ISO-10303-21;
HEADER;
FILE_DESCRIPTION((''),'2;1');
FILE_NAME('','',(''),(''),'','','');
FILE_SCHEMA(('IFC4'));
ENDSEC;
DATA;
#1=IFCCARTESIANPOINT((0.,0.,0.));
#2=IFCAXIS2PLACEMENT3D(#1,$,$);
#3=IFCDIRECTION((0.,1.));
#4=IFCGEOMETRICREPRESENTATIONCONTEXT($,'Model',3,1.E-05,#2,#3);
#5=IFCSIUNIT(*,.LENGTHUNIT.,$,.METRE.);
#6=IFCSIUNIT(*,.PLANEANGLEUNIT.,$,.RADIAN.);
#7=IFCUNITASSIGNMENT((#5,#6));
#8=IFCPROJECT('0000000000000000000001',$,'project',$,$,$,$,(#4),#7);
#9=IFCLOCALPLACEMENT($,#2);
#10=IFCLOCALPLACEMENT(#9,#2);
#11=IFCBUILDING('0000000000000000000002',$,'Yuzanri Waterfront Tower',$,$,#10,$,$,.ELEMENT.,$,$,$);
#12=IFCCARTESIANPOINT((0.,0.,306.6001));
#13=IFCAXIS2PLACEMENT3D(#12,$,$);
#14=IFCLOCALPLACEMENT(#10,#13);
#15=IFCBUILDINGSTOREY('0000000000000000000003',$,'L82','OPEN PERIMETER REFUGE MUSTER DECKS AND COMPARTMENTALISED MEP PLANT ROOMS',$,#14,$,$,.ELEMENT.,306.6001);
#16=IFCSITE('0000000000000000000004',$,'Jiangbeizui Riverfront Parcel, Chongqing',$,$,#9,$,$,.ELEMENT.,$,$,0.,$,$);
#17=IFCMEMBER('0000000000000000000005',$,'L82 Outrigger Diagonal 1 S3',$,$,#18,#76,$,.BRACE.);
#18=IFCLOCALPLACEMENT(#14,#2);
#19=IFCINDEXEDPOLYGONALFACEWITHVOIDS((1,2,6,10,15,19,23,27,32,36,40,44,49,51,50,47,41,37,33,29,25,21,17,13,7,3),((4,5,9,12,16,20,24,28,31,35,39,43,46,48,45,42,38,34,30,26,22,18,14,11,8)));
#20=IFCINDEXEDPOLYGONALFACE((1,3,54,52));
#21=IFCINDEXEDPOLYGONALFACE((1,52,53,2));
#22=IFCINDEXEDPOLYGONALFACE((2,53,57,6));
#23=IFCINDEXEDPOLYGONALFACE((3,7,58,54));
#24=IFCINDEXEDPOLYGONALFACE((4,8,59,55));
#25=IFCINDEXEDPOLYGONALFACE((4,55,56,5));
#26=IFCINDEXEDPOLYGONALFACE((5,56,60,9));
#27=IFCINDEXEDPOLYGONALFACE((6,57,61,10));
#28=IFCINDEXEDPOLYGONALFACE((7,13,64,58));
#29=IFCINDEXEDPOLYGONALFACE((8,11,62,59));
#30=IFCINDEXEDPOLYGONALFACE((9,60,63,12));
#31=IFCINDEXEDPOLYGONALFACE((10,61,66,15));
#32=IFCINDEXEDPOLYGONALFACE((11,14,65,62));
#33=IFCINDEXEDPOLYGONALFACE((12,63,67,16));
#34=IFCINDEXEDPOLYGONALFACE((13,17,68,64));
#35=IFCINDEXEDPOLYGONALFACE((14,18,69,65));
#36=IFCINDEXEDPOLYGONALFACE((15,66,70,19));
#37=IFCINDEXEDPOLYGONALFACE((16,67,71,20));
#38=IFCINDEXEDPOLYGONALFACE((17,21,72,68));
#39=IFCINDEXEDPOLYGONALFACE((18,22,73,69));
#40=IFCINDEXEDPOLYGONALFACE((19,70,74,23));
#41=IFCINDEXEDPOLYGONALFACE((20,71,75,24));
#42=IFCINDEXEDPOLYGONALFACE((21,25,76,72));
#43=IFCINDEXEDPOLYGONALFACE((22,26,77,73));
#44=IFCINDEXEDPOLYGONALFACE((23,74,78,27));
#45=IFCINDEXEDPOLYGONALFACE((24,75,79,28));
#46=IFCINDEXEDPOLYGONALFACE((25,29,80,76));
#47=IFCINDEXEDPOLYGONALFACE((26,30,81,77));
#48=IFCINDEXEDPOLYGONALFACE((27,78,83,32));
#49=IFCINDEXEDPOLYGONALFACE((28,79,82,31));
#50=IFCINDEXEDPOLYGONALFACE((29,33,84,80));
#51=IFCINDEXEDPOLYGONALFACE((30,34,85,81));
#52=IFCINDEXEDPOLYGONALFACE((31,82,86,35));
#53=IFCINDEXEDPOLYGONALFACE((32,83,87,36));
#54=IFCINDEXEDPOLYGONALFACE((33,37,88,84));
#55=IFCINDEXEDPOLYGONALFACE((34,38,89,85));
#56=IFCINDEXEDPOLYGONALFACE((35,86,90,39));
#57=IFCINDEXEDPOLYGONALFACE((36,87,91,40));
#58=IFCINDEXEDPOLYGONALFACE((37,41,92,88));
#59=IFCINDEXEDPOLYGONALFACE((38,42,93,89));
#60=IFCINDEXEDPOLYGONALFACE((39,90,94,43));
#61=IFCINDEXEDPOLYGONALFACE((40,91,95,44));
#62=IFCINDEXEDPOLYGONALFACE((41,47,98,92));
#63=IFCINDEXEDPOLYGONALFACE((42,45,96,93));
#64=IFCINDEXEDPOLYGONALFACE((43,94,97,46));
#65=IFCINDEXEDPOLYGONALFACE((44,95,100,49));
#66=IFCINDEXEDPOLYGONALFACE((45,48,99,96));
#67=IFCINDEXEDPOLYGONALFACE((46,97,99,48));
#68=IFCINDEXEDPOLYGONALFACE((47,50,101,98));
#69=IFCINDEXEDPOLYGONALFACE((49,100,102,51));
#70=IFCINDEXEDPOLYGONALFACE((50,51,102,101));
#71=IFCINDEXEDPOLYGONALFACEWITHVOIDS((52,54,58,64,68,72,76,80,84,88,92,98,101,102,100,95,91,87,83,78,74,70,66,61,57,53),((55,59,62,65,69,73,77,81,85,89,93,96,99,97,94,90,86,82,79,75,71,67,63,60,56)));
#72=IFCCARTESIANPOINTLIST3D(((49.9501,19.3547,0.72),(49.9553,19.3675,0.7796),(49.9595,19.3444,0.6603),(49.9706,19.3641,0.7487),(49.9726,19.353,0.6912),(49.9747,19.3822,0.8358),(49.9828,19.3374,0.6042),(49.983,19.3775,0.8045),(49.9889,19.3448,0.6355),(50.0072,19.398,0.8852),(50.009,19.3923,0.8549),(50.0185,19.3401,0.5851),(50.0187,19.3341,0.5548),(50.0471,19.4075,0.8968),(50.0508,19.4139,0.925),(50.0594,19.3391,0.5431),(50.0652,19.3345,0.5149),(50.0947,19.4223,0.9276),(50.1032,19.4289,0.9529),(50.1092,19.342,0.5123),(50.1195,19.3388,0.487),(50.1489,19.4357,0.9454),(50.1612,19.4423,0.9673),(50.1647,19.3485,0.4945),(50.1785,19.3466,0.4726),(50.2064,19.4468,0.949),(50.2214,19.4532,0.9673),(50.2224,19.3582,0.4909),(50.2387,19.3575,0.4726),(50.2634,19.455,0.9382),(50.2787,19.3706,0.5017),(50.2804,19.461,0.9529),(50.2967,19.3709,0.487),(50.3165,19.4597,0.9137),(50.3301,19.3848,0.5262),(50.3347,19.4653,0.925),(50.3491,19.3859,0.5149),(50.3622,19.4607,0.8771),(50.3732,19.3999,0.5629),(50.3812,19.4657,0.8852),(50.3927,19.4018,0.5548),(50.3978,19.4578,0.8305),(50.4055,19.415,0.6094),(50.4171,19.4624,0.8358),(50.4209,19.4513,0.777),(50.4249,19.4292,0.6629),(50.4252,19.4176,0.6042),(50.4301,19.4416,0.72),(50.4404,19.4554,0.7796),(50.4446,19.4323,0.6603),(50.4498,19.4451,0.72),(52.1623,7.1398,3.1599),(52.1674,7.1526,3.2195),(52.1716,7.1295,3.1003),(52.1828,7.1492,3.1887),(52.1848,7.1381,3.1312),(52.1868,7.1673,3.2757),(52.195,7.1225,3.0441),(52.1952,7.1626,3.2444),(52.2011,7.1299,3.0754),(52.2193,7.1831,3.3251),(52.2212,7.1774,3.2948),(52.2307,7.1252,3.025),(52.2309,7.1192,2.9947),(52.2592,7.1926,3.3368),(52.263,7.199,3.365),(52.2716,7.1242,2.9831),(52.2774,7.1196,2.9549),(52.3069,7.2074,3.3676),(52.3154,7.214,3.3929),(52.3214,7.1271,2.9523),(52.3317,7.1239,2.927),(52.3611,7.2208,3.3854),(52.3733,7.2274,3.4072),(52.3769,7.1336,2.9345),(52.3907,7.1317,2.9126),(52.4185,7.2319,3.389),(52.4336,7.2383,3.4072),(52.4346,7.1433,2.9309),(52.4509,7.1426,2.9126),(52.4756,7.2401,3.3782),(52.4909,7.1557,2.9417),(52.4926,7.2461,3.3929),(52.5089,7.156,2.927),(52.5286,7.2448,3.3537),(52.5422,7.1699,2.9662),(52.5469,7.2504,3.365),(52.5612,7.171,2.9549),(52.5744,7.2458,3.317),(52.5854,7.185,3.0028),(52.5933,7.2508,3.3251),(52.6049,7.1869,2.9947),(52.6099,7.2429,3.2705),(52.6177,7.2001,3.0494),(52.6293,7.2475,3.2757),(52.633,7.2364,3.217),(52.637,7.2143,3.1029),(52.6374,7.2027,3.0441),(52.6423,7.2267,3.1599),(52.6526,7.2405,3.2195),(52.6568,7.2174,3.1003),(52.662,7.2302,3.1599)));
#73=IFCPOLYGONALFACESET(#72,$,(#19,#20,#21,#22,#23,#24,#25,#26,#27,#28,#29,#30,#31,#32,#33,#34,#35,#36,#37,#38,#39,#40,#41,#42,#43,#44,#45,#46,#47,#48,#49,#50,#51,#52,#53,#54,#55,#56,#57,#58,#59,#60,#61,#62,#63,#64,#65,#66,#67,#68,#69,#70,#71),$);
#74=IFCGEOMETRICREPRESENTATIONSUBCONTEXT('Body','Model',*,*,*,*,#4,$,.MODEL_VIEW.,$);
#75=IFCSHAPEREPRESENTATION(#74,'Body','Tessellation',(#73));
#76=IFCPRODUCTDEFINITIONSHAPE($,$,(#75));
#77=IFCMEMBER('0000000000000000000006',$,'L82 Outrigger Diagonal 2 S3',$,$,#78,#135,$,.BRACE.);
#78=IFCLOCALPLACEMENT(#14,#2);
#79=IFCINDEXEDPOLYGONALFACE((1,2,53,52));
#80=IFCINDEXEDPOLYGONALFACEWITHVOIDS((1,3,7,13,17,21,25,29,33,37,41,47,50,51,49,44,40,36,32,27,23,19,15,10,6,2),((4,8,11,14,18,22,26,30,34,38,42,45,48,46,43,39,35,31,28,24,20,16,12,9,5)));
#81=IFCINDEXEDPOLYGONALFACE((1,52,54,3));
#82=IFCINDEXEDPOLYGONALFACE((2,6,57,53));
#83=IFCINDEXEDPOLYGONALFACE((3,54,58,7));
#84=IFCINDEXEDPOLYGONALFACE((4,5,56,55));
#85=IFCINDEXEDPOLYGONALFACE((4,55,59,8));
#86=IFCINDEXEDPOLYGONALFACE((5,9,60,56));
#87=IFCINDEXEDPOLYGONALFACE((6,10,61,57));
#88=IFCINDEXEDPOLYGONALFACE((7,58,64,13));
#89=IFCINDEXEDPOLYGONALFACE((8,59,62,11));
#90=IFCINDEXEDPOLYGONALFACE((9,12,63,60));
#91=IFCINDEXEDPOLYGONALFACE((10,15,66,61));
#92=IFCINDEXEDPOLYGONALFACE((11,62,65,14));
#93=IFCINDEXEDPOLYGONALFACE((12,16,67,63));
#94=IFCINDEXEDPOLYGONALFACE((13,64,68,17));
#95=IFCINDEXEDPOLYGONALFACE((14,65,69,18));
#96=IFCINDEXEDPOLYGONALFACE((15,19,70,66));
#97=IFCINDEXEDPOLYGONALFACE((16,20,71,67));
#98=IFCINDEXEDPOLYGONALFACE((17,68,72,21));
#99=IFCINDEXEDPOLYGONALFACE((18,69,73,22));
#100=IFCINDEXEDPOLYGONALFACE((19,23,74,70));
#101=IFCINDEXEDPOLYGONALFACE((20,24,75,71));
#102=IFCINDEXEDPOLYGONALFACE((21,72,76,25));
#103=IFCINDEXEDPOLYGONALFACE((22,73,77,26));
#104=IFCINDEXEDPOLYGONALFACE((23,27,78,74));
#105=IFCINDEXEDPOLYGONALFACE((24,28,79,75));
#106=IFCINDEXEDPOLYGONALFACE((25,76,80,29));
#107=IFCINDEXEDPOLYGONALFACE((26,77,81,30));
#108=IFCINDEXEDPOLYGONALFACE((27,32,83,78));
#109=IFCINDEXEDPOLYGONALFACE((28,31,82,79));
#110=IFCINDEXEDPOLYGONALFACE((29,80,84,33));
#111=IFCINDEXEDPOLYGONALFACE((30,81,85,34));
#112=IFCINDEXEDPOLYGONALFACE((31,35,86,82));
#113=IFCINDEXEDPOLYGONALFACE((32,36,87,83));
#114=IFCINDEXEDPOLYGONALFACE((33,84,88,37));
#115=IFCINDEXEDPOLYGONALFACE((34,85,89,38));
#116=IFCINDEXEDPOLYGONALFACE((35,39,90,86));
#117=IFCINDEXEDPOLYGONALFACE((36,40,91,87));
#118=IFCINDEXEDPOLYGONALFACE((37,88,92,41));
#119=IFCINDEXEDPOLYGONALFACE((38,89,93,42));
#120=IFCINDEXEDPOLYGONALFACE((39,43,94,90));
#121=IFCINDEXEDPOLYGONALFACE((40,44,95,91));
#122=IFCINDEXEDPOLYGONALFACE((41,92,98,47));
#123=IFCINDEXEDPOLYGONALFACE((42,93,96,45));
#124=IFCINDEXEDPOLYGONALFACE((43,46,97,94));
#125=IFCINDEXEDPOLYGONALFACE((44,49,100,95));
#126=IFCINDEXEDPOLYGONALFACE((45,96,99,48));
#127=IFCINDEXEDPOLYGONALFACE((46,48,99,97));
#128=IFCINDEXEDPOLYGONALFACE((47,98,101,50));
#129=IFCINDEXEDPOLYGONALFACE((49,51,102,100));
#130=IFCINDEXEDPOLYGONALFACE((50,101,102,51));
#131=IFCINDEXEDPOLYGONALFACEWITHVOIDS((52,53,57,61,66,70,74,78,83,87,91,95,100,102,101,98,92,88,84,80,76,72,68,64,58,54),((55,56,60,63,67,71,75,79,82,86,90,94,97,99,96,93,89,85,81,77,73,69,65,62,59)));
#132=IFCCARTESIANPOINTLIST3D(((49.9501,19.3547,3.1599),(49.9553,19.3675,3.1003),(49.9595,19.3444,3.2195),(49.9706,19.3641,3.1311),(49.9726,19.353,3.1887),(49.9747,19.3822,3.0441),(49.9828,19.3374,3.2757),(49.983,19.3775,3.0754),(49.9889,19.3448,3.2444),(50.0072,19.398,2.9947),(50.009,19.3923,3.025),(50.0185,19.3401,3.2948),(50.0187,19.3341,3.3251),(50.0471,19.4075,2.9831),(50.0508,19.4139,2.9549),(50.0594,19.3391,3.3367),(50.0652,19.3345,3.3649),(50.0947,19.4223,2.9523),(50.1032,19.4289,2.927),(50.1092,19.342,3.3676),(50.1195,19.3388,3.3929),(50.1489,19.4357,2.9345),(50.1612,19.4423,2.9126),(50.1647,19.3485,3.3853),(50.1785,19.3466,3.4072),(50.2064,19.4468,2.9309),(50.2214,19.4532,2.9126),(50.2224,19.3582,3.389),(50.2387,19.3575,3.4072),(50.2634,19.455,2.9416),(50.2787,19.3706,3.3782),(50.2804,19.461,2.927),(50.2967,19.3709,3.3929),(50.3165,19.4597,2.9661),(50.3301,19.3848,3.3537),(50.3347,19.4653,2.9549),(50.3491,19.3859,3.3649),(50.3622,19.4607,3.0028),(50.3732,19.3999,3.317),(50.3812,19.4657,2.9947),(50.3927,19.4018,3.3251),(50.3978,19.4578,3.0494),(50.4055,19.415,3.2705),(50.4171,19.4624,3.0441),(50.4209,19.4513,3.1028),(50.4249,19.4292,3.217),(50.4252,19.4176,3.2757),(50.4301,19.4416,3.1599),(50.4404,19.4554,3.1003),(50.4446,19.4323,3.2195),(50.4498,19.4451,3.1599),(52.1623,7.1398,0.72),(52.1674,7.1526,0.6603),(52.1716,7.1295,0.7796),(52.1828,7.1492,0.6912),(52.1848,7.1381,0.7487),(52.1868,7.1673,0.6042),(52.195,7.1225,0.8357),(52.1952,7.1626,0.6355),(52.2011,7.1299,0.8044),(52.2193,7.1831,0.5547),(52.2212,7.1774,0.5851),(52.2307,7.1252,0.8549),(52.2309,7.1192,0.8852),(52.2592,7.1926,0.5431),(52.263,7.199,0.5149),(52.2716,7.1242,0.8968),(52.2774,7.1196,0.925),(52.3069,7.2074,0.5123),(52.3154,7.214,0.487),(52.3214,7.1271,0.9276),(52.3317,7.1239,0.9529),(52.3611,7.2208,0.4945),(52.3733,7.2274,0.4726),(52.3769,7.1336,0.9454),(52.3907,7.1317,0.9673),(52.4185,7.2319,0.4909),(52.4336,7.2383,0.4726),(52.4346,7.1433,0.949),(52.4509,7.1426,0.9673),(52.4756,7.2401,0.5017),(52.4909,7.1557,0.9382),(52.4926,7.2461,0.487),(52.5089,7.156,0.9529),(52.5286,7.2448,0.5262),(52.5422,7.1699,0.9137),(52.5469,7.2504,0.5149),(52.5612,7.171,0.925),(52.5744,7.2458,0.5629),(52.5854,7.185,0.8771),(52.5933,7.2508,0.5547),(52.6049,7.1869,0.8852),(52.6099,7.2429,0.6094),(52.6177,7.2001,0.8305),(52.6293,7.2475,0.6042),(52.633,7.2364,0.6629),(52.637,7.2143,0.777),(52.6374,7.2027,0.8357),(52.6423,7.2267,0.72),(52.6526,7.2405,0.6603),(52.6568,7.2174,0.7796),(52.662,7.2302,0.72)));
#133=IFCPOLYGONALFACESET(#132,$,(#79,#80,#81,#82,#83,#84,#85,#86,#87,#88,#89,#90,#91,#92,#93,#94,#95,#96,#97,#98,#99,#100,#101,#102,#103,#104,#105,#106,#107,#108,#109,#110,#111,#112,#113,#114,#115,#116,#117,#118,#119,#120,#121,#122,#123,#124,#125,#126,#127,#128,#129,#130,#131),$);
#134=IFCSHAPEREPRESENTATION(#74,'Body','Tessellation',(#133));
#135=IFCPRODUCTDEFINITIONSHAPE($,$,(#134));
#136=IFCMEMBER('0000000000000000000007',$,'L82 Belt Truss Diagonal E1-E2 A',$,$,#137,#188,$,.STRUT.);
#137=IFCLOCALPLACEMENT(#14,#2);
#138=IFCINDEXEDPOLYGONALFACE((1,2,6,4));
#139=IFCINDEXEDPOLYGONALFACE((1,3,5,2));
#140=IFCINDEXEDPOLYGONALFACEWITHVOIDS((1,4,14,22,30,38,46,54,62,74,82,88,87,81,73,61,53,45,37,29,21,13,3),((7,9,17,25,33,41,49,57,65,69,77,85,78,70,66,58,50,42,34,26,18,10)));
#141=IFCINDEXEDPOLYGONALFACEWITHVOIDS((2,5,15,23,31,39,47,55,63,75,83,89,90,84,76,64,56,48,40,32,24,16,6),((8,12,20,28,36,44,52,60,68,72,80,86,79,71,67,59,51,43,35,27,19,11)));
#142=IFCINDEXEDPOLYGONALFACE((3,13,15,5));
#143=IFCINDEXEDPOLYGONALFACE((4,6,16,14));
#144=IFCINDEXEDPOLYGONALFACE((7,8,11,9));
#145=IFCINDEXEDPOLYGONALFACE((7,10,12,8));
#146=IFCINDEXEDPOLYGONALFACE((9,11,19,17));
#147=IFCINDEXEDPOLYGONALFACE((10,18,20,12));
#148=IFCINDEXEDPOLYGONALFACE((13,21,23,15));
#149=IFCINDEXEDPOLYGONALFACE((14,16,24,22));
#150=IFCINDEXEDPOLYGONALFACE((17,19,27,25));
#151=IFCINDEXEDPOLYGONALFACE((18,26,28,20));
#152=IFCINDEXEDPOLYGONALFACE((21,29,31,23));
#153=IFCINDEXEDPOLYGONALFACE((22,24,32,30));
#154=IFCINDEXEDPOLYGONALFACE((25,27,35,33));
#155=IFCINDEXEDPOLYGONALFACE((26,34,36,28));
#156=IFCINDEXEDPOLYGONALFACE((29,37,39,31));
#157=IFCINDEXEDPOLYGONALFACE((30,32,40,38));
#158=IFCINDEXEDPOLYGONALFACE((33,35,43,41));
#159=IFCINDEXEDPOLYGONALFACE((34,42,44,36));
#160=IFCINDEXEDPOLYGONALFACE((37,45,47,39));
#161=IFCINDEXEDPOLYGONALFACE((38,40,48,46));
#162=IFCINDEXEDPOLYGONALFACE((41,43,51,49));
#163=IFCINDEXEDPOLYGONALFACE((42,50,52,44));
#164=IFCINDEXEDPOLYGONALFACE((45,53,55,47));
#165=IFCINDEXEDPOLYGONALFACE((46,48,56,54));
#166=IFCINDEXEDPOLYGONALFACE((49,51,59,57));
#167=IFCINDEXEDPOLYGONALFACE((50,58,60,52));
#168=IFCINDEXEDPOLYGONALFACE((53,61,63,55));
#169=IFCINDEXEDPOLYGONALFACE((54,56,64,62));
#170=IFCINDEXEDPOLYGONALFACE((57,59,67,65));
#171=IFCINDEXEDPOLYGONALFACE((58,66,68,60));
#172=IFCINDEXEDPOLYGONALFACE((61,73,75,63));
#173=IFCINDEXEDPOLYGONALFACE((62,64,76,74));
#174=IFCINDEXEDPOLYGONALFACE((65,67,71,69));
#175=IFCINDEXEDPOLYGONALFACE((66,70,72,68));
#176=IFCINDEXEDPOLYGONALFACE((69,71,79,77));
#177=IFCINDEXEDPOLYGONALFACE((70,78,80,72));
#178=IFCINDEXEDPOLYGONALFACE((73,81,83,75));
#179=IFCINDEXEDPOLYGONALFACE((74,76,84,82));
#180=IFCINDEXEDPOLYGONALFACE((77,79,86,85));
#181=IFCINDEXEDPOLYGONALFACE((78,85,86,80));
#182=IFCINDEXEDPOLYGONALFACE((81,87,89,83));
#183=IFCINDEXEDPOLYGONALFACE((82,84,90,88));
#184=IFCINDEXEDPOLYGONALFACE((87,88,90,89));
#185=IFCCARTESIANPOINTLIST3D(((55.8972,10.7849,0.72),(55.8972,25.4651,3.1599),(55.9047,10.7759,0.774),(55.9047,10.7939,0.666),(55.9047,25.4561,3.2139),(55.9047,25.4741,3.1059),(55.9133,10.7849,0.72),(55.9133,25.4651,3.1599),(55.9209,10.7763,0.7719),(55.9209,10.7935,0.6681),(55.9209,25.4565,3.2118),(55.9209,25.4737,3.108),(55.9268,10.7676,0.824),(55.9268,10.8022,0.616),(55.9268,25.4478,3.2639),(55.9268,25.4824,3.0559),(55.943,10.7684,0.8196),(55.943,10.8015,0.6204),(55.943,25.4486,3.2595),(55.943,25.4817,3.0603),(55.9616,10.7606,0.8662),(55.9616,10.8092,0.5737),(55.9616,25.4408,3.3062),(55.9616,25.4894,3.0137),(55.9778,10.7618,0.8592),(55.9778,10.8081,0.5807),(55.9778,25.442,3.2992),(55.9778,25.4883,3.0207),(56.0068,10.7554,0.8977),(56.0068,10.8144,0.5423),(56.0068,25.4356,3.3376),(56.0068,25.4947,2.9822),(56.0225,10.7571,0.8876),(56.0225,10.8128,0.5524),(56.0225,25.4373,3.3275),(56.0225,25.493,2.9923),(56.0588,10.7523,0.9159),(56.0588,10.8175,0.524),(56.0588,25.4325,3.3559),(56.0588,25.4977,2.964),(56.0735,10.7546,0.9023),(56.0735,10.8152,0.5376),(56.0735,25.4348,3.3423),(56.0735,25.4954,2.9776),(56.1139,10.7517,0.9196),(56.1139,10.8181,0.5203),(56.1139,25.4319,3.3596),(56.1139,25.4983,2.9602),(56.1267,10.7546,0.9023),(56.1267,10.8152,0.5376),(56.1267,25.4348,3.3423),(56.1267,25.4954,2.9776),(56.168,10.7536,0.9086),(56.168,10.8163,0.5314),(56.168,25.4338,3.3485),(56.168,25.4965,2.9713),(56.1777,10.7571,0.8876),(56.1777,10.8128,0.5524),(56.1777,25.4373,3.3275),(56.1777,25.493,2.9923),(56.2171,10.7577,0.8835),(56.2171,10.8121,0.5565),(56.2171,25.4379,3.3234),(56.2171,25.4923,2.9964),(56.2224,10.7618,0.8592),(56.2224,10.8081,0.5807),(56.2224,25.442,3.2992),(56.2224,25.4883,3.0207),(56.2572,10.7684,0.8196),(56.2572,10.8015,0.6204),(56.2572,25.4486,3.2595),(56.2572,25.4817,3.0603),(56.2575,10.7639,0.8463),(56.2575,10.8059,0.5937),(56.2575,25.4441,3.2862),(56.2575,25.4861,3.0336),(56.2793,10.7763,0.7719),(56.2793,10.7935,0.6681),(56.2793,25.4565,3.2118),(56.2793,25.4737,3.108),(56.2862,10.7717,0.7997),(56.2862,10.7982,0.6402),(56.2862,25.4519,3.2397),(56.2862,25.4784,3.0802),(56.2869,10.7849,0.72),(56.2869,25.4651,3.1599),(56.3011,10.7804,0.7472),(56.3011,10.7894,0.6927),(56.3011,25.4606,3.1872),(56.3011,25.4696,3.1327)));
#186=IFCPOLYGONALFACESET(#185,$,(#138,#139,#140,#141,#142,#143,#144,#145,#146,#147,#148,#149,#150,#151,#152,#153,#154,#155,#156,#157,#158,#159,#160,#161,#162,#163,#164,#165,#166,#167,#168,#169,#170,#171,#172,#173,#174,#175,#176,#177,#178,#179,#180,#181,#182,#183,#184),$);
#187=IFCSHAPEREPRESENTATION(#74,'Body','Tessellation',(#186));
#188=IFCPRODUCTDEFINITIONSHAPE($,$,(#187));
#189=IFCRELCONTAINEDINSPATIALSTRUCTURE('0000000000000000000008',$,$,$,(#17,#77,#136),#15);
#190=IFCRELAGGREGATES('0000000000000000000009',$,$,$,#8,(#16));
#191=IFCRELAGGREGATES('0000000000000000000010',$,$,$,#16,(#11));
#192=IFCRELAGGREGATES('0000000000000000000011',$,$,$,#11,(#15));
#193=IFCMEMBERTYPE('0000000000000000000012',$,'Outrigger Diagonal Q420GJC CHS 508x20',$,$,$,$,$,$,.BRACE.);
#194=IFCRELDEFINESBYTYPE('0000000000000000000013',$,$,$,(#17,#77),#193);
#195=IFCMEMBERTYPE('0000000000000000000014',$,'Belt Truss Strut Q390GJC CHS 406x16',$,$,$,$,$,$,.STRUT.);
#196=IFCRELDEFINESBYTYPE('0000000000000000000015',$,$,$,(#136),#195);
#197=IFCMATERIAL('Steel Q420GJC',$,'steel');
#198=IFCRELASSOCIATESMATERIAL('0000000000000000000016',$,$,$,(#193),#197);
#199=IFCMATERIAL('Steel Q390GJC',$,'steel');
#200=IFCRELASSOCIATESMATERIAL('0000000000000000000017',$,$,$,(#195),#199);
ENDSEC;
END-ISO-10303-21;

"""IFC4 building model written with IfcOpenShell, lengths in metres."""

from ifc_helpers import new_model, si_unit, direction, frame, origin, origin_2d, place, context, subcontext, project, spatial, hollow_circle, extrude, source, transform, mapped, material, material_profile, profile_set, type_object, element, save


model = new_model("IFC4")

# Units and contexts
model_context = context("Model", 3, precision=1e-05, world=origin(), true_north=direction((0.0, 1.0)))
body_context = subcontext(model_context, "Body", "Model", "MODEL_VIEW")
ifc_project = project(units=[si_unit("LENGTHUNIT", "METRE"), si_unit("PLANEANGLEUNIT", "RADIAN")], contexts=[model_context])

# Site, building, storey
site_placement = place(None, origin())
site = spatial("IfcSite", under=ifc_project, at=site_placement, Name="Jiangbeizui Riverfront Parcel, Chongqing", CompositionType="ELEMENT", RefElevation=0.0)
building_placement = place(site_placement, origin())
building = spatial("IfcBuilding", under=site, at=building_placement, Name="Yuzanri Waterfront Tower", CompositionType="ELEMENT")
storey_placement = place(building_placement, frame((0.0, 0.0, 306.6001)))
storey = spatial("IfcBuildingStorey", under=building, at=storey_placement, Name="L82", Description="OPEN PERIMETER REFUGE MUSTER DECKS AND COMPARTMENTALISED MEP PLANT ROOMS", CompositionType="ELEMENT", Elevation=306.6001)

# Members
ifc_material_1 = material(Name="Steel Q420GJC", Category="steel")
ifc_material_profile_1 = material_profile(ifc_material_1, hollow_circle(Radius=0.2539, WallThickness=0.02, at=origin_2d()), Name="CHS 508x20")
ifc_profile_set_1 = profile_set([ifc_material_profile_1], Name="Steel Q420GJC")
member_type_1 = type_object("IfcMemberType", Name="Outrigger Diagonal Q420GJC CHS 508x20", PredefinedType="BRACE", material=ifc_profile_set_1)
shared_shape_1 = source(origin(), body_context, "Body", "SweptSolid", [
    extrude(hollow_circle(Radius=0.2539, WallThickness=0.02, at=origin_2d()), origin(), (0.0, 0.0, 1.0), 12.6511),
])
for number, where, z_axis, x_axis, name in (
    (1, (50.2, 19.3999, 0.72), (0.174859, -0.965519, 0.192865), (0.983993, 0.178205, 0.0), "L82 Outrigger Diagonal 1 S3"),
    (2, (50.2, 19.3999, 3.1599), (0.174859, -0.965519, -0.192865), (0.983993, 0.178205, 0.0), "L82 Outrigger Diagonal 2 S3"),
):
    element("IfcMember", number, at=place(storey_placement, frame(where, z_axis=z_axis, x_axis=x_axis)), inside=storey, type_object=member_type_1, Name=name, PredefinedType="BRACE", context=body_context, shape_type="MappedRepresentation", body=[
        mapped(shared_shape_1, transform((0.0, 0.0, 0.0), scale=1.0)),
    ])
ifc_material_2 = material(Name="Steel Q390GJC", Category="steel")
ifc_material_profile_2 = material_profile(ifc_material_2, hollow_circle(Radius=0.2029, WallThickness=0.0161, at=origin_2d()), Name="CHS 406x16")
ifc_profile_set_2 = profile_set([ifc_material_profile_2], Name="Steel Q390GJC")
member_type_2 = type_object("IfcMemberType", Name="Belt Truss Strut Q390GJC CHS 406x16", PredefinedType="STRUT", material=ifc_profile_set_2)
shared_shape_2 = source(origin(), body_context, "Body", "SweptSolid", [
    extrude(hollow_circle(Radius=0.2029, WallThickness=0.0161, at=origin_2d()), origin(), (0.0, 0.0, 1.0), 14.8816),
])
for number, where, z_axis, x_axis, name in (
    (3, (56.1001, 10.7849, 0.72), (0.0, 0.986467, 0.163957), (-1.0, 0.0, 0.0), "L82 Belt Truss Diagonal E1-E2 A"),
):
    element("IfcMember", number, at=place(storey_placement, frame(where, z_axis=z_axis, x_axis=x_axis)), inside=storey, type_object=member_type_2, Name=name, PredefinedType="STRUT", context=body_context, shape_type="MappedRepresentation", body=[
        mapped(shared_shape_2, transform((0.0, 0.0, 0.0), scale=1.0)),
    ])

save(model, "model.ifc")
